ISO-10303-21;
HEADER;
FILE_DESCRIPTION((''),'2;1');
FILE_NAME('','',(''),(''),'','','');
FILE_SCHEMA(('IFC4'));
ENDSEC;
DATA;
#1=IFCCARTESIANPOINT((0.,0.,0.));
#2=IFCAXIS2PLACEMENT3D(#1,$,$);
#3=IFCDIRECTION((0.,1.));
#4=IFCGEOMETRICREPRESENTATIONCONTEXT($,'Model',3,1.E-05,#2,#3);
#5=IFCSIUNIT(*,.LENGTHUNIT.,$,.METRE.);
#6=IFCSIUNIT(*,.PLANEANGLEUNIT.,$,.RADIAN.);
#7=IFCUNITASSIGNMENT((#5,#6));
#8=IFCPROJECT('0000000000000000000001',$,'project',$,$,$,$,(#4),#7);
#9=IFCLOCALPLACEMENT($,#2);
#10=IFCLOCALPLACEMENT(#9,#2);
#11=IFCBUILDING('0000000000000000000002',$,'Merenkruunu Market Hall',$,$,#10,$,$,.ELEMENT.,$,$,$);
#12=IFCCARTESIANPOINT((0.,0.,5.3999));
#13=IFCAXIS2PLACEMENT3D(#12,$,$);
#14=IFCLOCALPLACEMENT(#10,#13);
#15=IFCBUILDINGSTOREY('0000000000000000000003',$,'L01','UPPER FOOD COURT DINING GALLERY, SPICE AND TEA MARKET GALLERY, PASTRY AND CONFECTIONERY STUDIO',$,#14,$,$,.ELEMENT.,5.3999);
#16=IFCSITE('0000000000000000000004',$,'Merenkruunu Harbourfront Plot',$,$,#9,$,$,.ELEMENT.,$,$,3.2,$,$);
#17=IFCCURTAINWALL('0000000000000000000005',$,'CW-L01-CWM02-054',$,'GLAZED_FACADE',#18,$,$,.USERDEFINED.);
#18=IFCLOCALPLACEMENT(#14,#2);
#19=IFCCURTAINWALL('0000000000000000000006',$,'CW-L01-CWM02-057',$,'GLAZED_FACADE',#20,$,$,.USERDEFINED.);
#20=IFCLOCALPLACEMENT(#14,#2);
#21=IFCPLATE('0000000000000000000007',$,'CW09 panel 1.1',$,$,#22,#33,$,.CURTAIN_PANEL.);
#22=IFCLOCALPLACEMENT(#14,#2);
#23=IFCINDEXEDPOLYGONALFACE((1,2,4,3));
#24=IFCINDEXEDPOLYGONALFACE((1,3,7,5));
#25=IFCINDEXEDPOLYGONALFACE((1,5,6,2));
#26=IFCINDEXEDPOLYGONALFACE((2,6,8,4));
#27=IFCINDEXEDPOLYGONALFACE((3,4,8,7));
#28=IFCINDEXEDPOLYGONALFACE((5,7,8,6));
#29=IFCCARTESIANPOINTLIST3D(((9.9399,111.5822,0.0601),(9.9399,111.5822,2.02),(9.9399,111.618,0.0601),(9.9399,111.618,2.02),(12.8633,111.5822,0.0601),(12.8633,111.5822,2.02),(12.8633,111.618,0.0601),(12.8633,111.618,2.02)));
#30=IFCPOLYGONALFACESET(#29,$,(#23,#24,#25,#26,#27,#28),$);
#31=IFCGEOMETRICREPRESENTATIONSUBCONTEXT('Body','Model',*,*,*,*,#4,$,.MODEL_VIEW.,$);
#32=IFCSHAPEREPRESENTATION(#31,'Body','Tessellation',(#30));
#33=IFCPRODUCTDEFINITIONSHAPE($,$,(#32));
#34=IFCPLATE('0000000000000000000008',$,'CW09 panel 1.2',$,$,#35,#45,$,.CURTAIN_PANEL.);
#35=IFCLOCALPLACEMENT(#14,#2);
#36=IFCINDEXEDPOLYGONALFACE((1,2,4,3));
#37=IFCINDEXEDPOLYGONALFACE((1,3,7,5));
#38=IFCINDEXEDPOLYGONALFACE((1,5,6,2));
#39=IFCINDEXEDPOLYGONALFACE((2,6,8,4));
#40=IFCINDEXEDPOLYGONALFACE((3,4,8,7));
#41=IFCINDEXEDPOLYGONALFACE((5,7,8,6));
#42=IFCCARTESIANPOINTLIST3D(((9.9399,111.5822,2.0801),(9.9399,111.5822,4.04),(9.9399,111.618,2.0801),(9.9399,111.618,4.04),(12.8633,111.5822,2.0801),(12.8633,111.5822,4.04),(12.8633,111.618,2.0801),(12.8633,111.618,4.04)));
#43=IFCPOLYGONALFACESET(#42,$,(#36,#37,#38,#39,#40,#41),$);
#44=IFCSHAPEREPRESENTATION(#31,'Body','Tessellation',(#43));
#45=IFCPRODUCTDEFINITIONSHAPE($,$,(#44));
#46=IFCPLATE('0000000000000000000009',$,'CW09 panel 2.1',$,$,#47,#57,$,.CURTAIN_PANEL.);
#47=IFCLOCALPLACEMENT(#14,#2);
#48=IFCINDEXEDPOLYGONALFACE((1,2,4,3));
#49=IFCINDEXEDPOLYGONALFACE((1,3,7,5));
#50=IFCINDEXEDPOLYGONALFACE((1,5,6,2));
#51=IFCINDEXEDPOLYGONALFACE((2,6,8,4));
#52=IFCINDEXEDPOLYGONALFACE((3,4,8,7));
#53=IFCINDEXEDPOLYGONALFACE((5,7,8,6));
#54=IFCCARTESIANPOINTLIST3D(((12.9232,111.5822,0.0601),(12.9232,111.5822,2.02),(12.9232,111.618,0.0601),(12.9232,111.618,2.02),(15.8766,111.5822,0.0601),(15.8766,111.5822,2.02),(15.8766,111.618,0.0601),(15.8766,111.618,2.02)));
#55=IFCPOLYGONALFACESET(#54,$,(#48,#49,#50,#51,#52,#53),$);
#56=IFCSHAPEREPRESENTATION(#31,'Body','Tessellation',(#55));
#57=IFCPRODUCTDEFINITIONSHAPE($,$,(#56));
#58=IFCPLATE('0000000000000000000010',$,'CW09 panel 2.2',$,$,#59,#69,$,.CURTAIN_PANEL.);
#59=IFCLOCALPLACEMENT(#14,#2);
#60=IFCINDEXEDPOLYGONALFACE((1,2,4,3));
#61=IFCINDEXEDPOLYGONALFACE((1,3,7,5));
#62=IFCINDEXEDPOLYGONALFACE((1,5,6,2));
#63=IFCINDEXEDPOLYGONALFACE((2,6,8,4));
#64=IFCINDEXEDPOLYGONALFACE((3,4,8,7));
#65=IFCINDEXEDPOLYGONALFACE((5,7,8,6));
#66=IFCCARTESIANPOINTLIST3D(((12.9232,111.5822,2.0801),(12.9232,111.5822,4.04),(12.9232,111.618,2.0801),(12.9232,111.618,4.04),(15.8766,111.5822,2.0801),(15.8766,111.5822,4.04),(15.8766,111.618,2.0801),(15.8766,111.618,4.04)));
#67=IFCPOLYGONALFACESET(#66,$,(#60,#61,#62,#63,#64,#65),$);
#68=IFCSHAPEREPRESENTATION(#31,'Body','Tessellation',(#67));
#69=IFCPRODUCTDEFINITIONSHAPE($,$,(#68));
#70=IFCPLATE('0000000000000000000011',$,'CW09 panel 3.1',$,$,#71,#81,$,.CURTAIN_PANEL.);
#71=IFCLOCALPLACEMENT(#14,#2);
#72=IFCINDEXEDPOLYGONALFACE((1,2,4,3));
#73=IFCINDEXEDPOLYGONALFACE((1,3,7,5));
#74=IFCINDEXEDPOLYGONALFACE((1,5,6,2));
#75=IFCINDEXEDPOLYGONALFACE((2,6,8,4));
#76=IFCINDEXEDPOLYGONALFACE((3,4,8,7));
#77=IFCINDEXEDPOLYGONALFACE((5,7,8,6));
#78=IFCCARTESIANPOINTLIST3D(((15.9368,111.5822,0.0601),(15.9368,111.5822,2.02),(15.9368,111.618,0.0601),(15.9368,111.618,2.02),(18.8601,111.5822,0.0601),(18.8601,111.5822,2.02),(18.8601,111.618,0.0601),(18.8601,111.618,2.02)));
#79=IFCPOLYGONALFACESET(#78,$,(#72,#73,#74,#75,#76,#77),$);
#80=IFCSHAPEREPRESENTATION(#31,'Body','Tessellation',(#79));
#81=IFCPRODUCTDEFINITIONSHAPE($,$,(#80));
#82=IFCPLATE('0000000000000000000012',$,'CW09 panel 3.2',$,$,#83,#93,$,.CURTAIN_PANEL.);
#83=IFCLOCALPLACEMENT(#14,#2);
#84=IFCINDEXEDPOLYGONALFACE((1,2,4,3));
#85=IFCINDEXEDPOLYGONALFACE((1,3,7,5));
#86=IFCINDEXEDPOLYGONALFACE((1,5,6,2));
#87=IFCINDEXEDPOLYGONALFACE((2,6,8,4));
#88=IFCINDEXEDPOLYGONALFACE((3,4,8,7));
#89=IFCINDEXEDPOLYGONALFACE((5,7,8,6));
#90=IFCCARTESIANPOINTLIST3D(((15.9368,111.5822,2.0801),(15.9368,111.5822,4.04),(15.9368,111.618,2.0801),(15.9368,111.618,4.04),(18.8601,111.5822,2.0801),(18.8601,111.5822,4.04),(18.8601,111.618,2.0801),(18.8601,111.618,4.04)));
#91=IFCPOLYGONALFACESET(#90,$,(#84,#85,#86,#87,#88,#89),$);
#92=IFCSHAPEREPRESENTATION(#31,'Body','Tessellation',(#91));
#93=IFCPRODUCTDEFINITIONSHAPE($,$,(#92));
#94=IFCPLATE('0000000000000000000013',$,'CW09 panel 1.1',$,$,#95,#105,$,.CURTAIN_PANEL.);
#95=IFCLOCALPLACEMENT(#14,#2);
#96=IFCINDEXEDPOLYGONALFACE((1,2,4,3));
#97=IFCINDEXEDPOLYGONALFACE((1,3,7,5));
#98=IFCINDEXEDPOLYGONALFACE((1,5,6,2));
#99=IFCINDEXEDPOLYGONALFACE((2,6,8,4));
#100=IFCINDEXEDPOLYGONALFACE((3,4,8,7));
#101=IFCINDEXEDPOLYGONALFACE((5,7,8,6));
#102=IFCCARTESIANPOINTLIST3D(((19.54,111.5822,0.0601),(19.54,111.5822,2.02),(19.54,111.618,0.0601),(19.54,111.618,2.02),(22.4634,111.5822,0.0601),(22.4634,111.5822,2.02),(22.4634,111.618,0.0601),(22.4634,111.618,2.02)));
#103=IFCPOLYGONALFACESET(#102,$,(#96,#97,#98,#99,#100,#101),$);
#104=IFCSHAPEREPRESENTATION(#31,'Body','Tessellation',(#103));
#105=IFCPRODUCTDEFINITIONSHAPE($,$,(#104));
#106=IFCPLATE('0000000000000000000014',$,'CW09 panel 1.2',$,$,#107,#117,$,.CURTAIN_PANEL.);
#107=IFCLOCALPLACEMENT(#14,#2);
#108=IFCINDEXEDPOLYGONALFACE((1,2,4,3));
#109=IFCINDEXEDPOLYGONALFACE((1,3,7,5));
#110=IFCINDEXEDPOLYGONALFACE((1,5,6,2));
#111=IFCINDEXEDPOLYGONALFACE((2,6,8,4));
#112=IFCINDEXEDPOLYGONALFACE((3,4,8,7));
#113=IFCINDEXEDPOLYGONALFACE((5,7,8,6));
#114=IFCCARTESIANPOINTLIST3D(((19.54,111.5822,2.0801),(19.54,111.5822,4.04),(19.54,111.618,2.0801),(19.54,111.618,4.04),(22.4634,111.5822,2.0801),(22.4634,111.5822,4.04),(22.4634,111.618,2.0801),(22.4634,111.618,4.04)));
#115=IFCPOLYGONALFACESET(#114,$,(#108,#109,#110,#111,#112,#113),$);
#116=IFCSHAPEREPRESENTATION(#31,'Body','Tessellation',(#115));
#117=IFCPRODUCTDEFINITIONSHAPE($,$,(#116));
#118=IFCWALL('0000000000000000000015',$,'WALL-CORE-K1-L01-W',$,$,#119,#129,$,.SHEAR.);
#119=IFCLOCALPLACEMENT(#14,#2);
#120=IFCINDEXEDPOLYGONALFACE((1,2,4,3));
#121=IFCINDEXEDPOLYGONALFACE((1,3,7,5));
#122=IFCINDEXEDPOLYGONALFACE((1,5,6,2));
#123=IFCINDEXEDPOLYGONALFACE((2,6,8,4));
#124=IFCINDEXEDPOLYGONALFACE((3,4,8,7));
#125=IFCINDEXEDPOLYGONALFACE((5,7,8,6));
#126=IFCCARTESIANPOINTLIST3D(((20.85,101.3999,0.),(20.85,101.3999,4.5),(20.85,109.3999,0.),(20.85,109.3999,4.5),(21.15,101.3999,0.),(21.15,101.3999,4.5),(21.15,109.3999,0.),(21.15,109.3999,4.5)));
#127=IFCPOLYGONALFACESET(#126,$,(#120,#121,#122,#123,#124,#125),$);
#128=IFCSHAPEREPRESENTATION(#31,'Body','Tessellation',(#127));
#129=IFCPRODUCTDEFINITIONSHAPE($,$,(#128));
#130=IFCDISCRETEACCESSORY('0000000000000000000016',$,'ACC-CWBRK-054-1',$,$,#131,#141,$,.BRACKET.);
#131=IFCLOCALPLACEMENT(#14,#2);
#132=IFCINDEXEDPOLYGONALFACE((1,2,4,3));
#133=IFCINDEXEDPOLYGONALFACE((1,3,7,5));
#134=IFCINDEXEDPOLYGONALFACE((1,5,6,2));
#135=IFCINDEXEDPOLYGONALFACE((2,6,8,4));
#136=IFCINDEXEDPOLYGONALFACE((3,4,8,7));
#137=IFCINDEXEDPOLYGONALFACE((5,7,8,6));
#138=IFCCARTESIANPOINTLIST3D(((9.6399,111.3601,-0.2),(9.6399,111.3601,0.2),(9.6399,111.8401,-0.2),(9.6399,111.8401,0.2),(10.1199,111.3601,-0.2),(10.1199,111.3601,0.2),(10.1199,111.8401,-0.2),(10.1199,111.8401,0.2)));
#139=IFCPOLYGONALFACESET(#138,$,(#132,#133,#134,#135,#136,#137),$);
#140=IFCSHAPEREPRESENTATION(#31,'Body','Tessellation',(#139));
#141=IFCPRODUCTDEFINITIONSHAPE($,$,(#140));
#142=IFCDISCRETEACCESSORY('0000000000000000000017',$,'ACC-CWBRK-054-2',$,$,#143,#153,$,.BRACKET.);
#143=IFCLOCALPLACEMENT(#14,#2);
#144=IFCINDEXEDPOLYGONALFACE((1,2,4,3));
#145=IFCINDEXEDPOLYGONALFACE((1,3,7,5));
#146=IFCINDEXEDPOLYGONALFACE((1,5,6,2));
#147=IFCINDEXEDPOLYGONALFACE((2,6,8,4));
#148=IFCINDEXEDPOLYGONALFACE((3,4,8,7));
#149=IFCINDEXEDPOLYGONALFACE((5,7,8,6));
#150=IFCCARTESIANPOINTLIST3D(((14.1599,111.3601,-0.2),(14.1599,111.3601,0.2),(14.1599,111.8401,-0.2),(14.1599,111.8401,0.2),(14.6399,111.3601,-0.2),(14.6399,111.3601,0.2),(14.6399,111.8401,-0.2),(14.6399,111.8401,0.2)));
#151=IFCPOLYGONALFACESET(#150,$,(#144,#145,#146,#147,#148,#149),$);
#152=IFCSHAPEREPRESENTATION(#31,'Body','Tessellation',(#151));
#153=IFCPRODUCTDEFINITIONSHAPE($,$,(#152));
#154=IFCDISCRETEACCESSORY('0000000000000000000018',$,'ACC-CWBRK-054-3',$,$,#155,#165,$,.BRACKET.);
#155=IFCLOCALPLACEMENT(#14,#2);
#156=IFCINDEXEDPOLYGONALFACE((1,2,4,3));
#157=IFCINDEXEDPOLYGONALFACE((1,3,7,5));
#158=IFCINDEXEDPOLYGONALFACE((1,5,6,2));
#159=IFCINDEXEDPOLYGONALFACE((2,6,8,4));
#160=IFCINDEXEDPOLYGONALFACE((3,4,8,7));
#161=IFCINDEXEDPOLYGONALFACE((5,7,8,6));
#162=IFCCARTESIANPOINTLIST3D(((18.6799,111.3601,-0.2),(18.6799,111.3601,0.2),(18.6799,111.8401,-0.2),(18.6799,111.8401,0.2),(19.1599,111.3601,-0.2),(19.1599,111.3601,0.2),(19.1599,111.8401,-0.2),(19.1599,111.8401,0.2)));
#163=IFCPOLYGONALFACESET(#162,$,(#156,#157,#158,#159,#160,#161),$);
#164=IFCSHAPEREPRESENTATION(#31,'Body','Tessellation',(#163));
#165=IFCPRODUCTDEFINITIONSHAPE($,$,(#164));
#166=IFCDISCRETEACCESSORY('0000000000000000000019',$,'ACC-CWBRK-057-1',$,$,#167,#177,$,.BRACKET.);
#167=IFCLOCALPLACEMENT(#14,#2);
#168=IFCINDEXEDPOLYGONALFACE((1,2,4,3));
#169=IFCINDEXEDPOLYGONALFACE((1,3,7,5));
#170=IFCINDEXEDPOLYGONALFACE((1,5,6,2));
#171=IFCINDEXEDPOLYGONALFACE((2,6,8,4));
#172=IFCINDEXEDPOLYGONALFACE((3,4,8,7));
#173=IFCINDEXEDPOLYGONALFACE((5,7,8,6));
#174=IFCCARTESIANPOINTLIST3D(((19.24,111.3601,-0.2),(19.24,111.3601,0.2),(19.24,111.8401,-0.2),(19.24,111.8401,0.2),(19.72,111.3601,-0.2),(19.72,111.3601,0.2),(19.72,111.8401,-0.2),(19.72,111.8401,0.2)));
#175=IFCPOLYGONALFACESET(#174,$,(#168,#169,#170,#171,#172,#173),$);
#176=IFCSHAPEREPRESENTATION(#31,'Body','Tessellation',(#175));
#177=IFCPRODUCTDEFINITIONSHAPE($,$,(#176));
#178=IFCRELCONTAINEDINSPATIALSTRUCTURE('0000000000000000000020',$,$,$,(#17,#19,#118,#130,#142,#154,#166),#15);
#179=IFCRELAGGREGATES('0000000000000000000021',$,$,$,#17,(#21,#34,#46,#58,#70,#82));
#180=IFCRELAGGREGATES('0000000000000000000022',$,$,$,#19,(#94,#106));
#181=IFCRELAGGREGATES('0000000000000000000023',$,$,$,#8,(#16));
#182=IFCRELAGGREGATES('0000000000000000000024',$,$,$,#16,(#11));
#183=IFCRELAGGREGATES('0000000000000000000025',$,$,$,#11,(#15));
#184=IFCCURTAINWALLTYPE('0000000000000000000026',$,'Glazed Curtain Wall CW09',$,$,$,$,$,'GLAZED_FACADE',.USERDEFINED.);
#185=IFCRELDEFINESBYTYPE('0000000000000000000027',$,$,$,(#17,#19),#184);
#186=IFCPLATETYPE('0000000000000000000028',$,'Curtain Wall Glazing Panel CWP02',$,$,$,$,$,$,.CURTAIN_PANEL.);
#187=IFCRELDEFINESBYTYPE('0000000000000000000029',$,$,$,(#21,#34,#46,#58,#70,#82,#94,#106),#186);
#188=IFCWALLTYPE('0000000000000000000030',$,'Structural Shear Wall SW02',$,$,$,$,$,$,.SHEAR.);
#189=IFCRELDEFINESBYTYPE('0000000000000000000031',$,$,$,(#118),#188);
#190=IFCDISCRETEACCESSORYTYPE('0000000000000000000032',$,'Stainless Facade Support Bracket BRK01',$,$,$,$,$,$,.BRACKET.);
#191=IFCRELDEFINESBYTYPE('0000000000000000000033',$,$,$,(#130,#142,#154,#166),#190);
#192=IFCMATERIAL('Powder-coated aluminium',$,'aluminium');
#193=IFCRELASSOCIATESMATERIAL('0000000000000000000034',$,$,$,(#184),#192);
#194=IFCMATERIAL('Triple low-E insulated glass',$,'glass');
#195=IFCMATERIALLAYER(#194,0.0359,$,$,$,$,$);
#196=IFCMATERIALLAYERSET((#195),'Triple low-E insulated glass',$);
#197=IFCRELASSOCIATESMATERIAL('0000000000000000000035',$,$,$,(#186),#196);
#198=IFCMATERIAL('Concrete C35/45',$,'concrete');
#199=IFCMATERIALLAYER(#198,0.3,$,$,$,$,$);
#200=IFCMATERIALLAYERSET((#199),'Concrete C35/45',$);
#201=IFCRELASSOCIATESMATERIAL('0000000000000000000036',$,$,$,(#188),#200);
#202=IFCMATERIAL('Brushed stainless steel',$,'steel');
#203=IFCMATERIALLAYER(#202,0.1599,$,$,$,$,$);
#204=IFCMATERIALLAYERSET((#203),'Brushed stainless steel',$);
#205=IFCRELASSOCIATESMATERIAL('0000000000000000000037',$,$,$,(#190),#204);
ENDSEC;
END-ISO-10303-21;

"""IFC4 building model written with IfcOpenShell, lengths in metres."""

from ifc_helpers import new_model, si_unit, direction, frame, frame_2d, origin, origin_2d, place, context, subcontext, project, spatial, rectangle, extrude, material, layer, layer_set, type_object, element, aggregate, save


model = new_model("IFC4")

# Units and contexts
model_context = context("Model", 3, precision=1e-05, world=origin(), true_north=direction((0.0, 1.0)))
body_context = subcontext(model_context, "Body", "Model", "MODEL_VIEW")
ifc_project = project(units=[si_unit("LENGTHUNIT", "METRE"), si_unit("PLANEANGLEUNIT", "RADIAN")], contexts=[model_context])

# Site, building, storey
site_placement = place(None, origin())
site = spatial("IfcSite", under=ifc_project, at=site_placement, Name="Merenkruunu Harbourfront Plot", CompositionType="ELEMENT", RefElevation=3.2)
building_placement = place(site_placement, origin())
building = spatial("IfcBuilding", under=site, at=building_placement, Name="Merenkruunu Market Hall", CompositionType="ELEMENT")
storey_placement = place(building_placement, frame((0.0, 0.0, 5.3999)))
storey = spatial("IfcBuildingStorey", under=building, at=storey_placement, Name="L01", Description="UPPER FOOD COURT DINING GALLERY, SPICE AND TEA MARKET GALLERY, PASTRY AND CONFECTIONERY STUDIO", CompositionType="ELEMENT", Elevation=5.3999)

# Curtain walls
ifc_material_1 = material(Name="Powder-coated aluminium", Category="aluminium")
curtain_wall_type = type_object("IfcCurtainWallType", Name="Glazed Curtain Wall CW09", ElementType="GLAZED_FACADE", PredefinedType="USERDEFINED", material=ifc_material_1)
curtain_wall_1_placement = place(storey_placement, origin())
curtain_wall_1 = element("IfcCurtainWall", 1, at=curtain_wall_1_placement, inside=storey, type_object=curtain_wall_type, Name="CW-L01-CWM02-054", ObjectType="GLAZED_FACADE", PredefinedType="USERDEFINED")
curtain_wall_2_placement = place(storey_placement, origin())
curtain_wall_2 = element("IfcCurtainWall", 2, at=curtain_wall_2_placement, inside=storey, type_object=curtain_wall_type, Name="CW-L01-CWM02-057", ObjectType="GLAZED_FACADE", PredefinedType="USERDEFINED")

# Plates
ifc_material_2 = material(Name="Triple low-E insulated glass", Category="glass")
ifc_layer_1 = layer(ifc_material_2, 0.0359)
ifc_layer_set_1 = layer_set([ifc_layer_1], Name="Triple low-E insulated glass")
plate_type = type_object("IfcPlateType", Name="Curtain Wall Glazing Panel CWP02", PredefinedType="CURTAIN_PANEL", material=ifc_layer_set_1)
plate_1_placement = place(storey_placement, frame((11.4016, 111.6001, 0.0601), z_axis=(0.0, 0.0, 1.0), x_axis=(1.0, 0.0, 0.0)))
plate_1 = element("IfcPlate", 3, at=plate_1_placement, type_object=plate_type, Name="CW09 panel 1.1", PredefinedType="CURTAIN_PANEL", context=body_context, shape_type="SweptSolid", body=[
    extrude(rectangle(XDim=2.9233, YDim=0.0359, at=origin_2d()), origin(), (0.0, 0.0, 1.0), 1.96),
])
plate_2_placement = place(storey_placement, frame((11.4016, 111.6001, 2.0801), z_axis=(0.0, 0.0, 1.0), x_axis=(1.0, 0.0, 0.0)))
plate_2 = element("IfcPlate", 4, at=plate_2_placement, type_object=plate_type, Name="CW09 panel 1.2", PredefinedType="CURTAIN_PANEL", context=body_context, shape_type="SweptSolid", body=[
    extrude(rectangle(XDim=2.9233, YDim=0.0359, at=origin_2d()), origin(), (0.0, 0.0, 1.0), 1.96),
])
plate_3_placement = place(storey_placement, frame((14.3999, 111.6001, 0.0601), z_axis=(0.0, 0.0, 1.0), x_axis=(1.0, 0.0, 0.0)))
plate_3 = element("IfcPlate", 5, at=plate_3_placement, type_object=plate_type, Name="CW09 panel 2.1", PredefinedType="CURTAIN_PANEL", context=body_context, shape_type="SweptSolid", body=[
    extrude(rectangle(XDim=2.9534, YDim=0.0359, at=origin_2d()), origin(), (0.0, 0.0, 1.0), 1.96),
])
plate_4_placement = place(storey_placement, frame((14.3999, 111.6001, 2.0801), z_axis=(0.0, 0.0, 1.0), x_axis=(1.0, 0.0, 0.0)))
plate_4 = element("IfcPlate", 6, at=plate_4_placement, type_object=plate_type, Name="CW09 panel 2.2", PredefinedType="CURTAIN_PANEL", context=body_context, shape_type="SweptSolid", body=[
    extrude(rectangle(XDim=2.9534, YDim=0.0359, at=origin_2d()), origin(), (0.0, 0.0, 1.0), 1.96),
])
plate_5_placement = place(storey_placement, frame((17.3984, 111.6001, 0.0601), z_axis=(0.0, 0.0, 1.0), x_axis=(1.0, 0.0, 0.0)))
plate_5 = element("IfcPlate", 7, at=plate_5_placement, type_object=plate_type, Name="CW09 panel 3.1", PredefinedType="CURTAIN_PANEL", context=body_context, shape_type="SweptSolid", body=[
    extrude(rectangle(XDim=2.9233, YDim=0.0359, at=origin_2d()), origin(), (0.0, 0.0, 1.0), 1.96),
])
plate_6_placement = place(storey_placement, frame((17.3984, 111.6001, 2.0801), z_axis=(0.0, 0.0, 1.0), x_axis=(1.0, 0.0, 0.0)))
plate_6 = element("IfcPlate", 8, at=plate_6_placement, type_object=plate_type, Name="CW09 panel 3.2", PredefinedType="CURTAIN_PANEL", context=body_context, shape_type="SweptSolid", body=[
    extrude(rectangle(XDim=2.9233, YDim=0.0359, at=origin_2d()), origin(), (0.0, 0.0, 1.0), 1.96),
])
aggregate(curtain_wall_1, [plate_1, plate_2, plate_3, plate_4, plate_5, plate_6])
plate_7_placement = place(storey_placement, frame((21.0017, 111.6001, 0.0601), z_axis=(0.0, 0.0, 1.0), x_axis=(1.0, 0.0, 0.0)))
plate_7 = element("IfcPlate", 9, at=plate_7_placement, type_object=plate_type, Name="CW09 panel 1.1", PredefinedType="CURTAIN_PANEL", context=body_context, shape_type="SweptSolid", body=[
    extrude(rectangle(XDim=2.9233, YDim=0.0359, at=origin_2d()), origin(), (0.0, 0.0, 1.0), 1.96),
])
plate_8_placement = place(storey_placement, frame((21.0017, 111.6001, 2.0801), z_axis=(0.0, 0.0, 1.0), x_axis=(1.0, 0.0, 0.0)))
plate_8 = element("IfcPlate", 10, at=plate_8_placement, type_object=plate_type, Name="CW09 panel 1.2", PredefinedType="CURTAIN_PANEL", context=body_context, shape_type="SweptSolid", body=[
    extrude(rectangle(XDim=2.9233, YDim=0.0359, at=origin_2d()), origin(), (0.0, 0.0, 1.0), 1.96),
])
aggregate(curtain_wall_2, [plate_7, plate_8])

# Wall
ifc_material_3 = material(Name="Concrete C35/45", Category="concrete")
ifc_layer_2 = layer(ifc_material_3, 0.3)
ifc_layer_set_2 = layer_set([ifc_layer_2], Name="Concrete C35/45")
wall_type = type_object("IfcWallType", Name="Structural Shear Wall SW02", PredefinedType="SHEAR", material=ifc_layer_set_2)
wall_placement = place(storey_placement, frame((21.0, 109.3999, 0.0), z_axis=(0.0, 0.0, 1.0), x_axis=(0.0, -1.0, 0.0)))
element("IfcWall", 11, at=wall_placement, inside=storey, type_object=wall_type, Name="WALL-CORE-K1-L01-W", PredefinedType="SHEAR", context=body_context, shape_type="SweptSolid", body=[
    extrude(rectangle(XDim=8.0, YDim=0.3, at=frame_2d((4.0, 0.0))), origin(), (0.0, 0.0, 1.0), 4.5),
])

# Discrete accessories
ifc_material_4 = material(Name="Brushed stainless steel", Category="steel")
ifc_layer_3 = layer(ifc_material_4, 0.1599)
ifc_layer_set_3 = layer_set([ifc_layer_3], Name="Brushed stainless steel")
discrete_accessory_type = type_object("IfcDiscreteAccessoryType", Name="Stainless Facade Support Bracket BRK01", PredefinedType="BRACKET", material=ifc_layer_set_3)
for number, where, z_axis, x_axis, name in (
    (12, (9.8799, 111.6001, -0.2), (0.0, 0.0, 1.0), (1.0, 0.0, 0.0), "ACC-CWBRK-054-1"),
    (13, (14.3999, 111.6001, -0.2), (0.0, 0.0, 1.0), (1.0, 0.0, 0.0), "ACC-CWBRK-054-2"),
    (14, (18.9199, 111.6001, -0.2), (0.0, 0.0, 1.0), (1.0, 0.0, 0.0), "ACC-CWBRK-054-3"),
    (15, (19.48, 111.6001, -0.2), (0.0, 0.0, 1.0), (1.0, 0.0, 0.0), "ACC-CWBRK-057-1"),
):
    element("IfcDiscreteAccessory", number, at=place(storey_placement, frame(where, z_axis=z_axis, x_axis=x_axis)), inside=storey, type_object=discrete_accessory_type, Name=name, PredefinedType="BRACKET", context=body_context, shape_type="SweptSolid", body=[
        extrude(rectangle(XDim=0.48, YDim=0.48, at=origin_2d()), origin(), (0.0, 0.0, 1.0), 0.3999),
    ])

save(model, "model.ifc")
